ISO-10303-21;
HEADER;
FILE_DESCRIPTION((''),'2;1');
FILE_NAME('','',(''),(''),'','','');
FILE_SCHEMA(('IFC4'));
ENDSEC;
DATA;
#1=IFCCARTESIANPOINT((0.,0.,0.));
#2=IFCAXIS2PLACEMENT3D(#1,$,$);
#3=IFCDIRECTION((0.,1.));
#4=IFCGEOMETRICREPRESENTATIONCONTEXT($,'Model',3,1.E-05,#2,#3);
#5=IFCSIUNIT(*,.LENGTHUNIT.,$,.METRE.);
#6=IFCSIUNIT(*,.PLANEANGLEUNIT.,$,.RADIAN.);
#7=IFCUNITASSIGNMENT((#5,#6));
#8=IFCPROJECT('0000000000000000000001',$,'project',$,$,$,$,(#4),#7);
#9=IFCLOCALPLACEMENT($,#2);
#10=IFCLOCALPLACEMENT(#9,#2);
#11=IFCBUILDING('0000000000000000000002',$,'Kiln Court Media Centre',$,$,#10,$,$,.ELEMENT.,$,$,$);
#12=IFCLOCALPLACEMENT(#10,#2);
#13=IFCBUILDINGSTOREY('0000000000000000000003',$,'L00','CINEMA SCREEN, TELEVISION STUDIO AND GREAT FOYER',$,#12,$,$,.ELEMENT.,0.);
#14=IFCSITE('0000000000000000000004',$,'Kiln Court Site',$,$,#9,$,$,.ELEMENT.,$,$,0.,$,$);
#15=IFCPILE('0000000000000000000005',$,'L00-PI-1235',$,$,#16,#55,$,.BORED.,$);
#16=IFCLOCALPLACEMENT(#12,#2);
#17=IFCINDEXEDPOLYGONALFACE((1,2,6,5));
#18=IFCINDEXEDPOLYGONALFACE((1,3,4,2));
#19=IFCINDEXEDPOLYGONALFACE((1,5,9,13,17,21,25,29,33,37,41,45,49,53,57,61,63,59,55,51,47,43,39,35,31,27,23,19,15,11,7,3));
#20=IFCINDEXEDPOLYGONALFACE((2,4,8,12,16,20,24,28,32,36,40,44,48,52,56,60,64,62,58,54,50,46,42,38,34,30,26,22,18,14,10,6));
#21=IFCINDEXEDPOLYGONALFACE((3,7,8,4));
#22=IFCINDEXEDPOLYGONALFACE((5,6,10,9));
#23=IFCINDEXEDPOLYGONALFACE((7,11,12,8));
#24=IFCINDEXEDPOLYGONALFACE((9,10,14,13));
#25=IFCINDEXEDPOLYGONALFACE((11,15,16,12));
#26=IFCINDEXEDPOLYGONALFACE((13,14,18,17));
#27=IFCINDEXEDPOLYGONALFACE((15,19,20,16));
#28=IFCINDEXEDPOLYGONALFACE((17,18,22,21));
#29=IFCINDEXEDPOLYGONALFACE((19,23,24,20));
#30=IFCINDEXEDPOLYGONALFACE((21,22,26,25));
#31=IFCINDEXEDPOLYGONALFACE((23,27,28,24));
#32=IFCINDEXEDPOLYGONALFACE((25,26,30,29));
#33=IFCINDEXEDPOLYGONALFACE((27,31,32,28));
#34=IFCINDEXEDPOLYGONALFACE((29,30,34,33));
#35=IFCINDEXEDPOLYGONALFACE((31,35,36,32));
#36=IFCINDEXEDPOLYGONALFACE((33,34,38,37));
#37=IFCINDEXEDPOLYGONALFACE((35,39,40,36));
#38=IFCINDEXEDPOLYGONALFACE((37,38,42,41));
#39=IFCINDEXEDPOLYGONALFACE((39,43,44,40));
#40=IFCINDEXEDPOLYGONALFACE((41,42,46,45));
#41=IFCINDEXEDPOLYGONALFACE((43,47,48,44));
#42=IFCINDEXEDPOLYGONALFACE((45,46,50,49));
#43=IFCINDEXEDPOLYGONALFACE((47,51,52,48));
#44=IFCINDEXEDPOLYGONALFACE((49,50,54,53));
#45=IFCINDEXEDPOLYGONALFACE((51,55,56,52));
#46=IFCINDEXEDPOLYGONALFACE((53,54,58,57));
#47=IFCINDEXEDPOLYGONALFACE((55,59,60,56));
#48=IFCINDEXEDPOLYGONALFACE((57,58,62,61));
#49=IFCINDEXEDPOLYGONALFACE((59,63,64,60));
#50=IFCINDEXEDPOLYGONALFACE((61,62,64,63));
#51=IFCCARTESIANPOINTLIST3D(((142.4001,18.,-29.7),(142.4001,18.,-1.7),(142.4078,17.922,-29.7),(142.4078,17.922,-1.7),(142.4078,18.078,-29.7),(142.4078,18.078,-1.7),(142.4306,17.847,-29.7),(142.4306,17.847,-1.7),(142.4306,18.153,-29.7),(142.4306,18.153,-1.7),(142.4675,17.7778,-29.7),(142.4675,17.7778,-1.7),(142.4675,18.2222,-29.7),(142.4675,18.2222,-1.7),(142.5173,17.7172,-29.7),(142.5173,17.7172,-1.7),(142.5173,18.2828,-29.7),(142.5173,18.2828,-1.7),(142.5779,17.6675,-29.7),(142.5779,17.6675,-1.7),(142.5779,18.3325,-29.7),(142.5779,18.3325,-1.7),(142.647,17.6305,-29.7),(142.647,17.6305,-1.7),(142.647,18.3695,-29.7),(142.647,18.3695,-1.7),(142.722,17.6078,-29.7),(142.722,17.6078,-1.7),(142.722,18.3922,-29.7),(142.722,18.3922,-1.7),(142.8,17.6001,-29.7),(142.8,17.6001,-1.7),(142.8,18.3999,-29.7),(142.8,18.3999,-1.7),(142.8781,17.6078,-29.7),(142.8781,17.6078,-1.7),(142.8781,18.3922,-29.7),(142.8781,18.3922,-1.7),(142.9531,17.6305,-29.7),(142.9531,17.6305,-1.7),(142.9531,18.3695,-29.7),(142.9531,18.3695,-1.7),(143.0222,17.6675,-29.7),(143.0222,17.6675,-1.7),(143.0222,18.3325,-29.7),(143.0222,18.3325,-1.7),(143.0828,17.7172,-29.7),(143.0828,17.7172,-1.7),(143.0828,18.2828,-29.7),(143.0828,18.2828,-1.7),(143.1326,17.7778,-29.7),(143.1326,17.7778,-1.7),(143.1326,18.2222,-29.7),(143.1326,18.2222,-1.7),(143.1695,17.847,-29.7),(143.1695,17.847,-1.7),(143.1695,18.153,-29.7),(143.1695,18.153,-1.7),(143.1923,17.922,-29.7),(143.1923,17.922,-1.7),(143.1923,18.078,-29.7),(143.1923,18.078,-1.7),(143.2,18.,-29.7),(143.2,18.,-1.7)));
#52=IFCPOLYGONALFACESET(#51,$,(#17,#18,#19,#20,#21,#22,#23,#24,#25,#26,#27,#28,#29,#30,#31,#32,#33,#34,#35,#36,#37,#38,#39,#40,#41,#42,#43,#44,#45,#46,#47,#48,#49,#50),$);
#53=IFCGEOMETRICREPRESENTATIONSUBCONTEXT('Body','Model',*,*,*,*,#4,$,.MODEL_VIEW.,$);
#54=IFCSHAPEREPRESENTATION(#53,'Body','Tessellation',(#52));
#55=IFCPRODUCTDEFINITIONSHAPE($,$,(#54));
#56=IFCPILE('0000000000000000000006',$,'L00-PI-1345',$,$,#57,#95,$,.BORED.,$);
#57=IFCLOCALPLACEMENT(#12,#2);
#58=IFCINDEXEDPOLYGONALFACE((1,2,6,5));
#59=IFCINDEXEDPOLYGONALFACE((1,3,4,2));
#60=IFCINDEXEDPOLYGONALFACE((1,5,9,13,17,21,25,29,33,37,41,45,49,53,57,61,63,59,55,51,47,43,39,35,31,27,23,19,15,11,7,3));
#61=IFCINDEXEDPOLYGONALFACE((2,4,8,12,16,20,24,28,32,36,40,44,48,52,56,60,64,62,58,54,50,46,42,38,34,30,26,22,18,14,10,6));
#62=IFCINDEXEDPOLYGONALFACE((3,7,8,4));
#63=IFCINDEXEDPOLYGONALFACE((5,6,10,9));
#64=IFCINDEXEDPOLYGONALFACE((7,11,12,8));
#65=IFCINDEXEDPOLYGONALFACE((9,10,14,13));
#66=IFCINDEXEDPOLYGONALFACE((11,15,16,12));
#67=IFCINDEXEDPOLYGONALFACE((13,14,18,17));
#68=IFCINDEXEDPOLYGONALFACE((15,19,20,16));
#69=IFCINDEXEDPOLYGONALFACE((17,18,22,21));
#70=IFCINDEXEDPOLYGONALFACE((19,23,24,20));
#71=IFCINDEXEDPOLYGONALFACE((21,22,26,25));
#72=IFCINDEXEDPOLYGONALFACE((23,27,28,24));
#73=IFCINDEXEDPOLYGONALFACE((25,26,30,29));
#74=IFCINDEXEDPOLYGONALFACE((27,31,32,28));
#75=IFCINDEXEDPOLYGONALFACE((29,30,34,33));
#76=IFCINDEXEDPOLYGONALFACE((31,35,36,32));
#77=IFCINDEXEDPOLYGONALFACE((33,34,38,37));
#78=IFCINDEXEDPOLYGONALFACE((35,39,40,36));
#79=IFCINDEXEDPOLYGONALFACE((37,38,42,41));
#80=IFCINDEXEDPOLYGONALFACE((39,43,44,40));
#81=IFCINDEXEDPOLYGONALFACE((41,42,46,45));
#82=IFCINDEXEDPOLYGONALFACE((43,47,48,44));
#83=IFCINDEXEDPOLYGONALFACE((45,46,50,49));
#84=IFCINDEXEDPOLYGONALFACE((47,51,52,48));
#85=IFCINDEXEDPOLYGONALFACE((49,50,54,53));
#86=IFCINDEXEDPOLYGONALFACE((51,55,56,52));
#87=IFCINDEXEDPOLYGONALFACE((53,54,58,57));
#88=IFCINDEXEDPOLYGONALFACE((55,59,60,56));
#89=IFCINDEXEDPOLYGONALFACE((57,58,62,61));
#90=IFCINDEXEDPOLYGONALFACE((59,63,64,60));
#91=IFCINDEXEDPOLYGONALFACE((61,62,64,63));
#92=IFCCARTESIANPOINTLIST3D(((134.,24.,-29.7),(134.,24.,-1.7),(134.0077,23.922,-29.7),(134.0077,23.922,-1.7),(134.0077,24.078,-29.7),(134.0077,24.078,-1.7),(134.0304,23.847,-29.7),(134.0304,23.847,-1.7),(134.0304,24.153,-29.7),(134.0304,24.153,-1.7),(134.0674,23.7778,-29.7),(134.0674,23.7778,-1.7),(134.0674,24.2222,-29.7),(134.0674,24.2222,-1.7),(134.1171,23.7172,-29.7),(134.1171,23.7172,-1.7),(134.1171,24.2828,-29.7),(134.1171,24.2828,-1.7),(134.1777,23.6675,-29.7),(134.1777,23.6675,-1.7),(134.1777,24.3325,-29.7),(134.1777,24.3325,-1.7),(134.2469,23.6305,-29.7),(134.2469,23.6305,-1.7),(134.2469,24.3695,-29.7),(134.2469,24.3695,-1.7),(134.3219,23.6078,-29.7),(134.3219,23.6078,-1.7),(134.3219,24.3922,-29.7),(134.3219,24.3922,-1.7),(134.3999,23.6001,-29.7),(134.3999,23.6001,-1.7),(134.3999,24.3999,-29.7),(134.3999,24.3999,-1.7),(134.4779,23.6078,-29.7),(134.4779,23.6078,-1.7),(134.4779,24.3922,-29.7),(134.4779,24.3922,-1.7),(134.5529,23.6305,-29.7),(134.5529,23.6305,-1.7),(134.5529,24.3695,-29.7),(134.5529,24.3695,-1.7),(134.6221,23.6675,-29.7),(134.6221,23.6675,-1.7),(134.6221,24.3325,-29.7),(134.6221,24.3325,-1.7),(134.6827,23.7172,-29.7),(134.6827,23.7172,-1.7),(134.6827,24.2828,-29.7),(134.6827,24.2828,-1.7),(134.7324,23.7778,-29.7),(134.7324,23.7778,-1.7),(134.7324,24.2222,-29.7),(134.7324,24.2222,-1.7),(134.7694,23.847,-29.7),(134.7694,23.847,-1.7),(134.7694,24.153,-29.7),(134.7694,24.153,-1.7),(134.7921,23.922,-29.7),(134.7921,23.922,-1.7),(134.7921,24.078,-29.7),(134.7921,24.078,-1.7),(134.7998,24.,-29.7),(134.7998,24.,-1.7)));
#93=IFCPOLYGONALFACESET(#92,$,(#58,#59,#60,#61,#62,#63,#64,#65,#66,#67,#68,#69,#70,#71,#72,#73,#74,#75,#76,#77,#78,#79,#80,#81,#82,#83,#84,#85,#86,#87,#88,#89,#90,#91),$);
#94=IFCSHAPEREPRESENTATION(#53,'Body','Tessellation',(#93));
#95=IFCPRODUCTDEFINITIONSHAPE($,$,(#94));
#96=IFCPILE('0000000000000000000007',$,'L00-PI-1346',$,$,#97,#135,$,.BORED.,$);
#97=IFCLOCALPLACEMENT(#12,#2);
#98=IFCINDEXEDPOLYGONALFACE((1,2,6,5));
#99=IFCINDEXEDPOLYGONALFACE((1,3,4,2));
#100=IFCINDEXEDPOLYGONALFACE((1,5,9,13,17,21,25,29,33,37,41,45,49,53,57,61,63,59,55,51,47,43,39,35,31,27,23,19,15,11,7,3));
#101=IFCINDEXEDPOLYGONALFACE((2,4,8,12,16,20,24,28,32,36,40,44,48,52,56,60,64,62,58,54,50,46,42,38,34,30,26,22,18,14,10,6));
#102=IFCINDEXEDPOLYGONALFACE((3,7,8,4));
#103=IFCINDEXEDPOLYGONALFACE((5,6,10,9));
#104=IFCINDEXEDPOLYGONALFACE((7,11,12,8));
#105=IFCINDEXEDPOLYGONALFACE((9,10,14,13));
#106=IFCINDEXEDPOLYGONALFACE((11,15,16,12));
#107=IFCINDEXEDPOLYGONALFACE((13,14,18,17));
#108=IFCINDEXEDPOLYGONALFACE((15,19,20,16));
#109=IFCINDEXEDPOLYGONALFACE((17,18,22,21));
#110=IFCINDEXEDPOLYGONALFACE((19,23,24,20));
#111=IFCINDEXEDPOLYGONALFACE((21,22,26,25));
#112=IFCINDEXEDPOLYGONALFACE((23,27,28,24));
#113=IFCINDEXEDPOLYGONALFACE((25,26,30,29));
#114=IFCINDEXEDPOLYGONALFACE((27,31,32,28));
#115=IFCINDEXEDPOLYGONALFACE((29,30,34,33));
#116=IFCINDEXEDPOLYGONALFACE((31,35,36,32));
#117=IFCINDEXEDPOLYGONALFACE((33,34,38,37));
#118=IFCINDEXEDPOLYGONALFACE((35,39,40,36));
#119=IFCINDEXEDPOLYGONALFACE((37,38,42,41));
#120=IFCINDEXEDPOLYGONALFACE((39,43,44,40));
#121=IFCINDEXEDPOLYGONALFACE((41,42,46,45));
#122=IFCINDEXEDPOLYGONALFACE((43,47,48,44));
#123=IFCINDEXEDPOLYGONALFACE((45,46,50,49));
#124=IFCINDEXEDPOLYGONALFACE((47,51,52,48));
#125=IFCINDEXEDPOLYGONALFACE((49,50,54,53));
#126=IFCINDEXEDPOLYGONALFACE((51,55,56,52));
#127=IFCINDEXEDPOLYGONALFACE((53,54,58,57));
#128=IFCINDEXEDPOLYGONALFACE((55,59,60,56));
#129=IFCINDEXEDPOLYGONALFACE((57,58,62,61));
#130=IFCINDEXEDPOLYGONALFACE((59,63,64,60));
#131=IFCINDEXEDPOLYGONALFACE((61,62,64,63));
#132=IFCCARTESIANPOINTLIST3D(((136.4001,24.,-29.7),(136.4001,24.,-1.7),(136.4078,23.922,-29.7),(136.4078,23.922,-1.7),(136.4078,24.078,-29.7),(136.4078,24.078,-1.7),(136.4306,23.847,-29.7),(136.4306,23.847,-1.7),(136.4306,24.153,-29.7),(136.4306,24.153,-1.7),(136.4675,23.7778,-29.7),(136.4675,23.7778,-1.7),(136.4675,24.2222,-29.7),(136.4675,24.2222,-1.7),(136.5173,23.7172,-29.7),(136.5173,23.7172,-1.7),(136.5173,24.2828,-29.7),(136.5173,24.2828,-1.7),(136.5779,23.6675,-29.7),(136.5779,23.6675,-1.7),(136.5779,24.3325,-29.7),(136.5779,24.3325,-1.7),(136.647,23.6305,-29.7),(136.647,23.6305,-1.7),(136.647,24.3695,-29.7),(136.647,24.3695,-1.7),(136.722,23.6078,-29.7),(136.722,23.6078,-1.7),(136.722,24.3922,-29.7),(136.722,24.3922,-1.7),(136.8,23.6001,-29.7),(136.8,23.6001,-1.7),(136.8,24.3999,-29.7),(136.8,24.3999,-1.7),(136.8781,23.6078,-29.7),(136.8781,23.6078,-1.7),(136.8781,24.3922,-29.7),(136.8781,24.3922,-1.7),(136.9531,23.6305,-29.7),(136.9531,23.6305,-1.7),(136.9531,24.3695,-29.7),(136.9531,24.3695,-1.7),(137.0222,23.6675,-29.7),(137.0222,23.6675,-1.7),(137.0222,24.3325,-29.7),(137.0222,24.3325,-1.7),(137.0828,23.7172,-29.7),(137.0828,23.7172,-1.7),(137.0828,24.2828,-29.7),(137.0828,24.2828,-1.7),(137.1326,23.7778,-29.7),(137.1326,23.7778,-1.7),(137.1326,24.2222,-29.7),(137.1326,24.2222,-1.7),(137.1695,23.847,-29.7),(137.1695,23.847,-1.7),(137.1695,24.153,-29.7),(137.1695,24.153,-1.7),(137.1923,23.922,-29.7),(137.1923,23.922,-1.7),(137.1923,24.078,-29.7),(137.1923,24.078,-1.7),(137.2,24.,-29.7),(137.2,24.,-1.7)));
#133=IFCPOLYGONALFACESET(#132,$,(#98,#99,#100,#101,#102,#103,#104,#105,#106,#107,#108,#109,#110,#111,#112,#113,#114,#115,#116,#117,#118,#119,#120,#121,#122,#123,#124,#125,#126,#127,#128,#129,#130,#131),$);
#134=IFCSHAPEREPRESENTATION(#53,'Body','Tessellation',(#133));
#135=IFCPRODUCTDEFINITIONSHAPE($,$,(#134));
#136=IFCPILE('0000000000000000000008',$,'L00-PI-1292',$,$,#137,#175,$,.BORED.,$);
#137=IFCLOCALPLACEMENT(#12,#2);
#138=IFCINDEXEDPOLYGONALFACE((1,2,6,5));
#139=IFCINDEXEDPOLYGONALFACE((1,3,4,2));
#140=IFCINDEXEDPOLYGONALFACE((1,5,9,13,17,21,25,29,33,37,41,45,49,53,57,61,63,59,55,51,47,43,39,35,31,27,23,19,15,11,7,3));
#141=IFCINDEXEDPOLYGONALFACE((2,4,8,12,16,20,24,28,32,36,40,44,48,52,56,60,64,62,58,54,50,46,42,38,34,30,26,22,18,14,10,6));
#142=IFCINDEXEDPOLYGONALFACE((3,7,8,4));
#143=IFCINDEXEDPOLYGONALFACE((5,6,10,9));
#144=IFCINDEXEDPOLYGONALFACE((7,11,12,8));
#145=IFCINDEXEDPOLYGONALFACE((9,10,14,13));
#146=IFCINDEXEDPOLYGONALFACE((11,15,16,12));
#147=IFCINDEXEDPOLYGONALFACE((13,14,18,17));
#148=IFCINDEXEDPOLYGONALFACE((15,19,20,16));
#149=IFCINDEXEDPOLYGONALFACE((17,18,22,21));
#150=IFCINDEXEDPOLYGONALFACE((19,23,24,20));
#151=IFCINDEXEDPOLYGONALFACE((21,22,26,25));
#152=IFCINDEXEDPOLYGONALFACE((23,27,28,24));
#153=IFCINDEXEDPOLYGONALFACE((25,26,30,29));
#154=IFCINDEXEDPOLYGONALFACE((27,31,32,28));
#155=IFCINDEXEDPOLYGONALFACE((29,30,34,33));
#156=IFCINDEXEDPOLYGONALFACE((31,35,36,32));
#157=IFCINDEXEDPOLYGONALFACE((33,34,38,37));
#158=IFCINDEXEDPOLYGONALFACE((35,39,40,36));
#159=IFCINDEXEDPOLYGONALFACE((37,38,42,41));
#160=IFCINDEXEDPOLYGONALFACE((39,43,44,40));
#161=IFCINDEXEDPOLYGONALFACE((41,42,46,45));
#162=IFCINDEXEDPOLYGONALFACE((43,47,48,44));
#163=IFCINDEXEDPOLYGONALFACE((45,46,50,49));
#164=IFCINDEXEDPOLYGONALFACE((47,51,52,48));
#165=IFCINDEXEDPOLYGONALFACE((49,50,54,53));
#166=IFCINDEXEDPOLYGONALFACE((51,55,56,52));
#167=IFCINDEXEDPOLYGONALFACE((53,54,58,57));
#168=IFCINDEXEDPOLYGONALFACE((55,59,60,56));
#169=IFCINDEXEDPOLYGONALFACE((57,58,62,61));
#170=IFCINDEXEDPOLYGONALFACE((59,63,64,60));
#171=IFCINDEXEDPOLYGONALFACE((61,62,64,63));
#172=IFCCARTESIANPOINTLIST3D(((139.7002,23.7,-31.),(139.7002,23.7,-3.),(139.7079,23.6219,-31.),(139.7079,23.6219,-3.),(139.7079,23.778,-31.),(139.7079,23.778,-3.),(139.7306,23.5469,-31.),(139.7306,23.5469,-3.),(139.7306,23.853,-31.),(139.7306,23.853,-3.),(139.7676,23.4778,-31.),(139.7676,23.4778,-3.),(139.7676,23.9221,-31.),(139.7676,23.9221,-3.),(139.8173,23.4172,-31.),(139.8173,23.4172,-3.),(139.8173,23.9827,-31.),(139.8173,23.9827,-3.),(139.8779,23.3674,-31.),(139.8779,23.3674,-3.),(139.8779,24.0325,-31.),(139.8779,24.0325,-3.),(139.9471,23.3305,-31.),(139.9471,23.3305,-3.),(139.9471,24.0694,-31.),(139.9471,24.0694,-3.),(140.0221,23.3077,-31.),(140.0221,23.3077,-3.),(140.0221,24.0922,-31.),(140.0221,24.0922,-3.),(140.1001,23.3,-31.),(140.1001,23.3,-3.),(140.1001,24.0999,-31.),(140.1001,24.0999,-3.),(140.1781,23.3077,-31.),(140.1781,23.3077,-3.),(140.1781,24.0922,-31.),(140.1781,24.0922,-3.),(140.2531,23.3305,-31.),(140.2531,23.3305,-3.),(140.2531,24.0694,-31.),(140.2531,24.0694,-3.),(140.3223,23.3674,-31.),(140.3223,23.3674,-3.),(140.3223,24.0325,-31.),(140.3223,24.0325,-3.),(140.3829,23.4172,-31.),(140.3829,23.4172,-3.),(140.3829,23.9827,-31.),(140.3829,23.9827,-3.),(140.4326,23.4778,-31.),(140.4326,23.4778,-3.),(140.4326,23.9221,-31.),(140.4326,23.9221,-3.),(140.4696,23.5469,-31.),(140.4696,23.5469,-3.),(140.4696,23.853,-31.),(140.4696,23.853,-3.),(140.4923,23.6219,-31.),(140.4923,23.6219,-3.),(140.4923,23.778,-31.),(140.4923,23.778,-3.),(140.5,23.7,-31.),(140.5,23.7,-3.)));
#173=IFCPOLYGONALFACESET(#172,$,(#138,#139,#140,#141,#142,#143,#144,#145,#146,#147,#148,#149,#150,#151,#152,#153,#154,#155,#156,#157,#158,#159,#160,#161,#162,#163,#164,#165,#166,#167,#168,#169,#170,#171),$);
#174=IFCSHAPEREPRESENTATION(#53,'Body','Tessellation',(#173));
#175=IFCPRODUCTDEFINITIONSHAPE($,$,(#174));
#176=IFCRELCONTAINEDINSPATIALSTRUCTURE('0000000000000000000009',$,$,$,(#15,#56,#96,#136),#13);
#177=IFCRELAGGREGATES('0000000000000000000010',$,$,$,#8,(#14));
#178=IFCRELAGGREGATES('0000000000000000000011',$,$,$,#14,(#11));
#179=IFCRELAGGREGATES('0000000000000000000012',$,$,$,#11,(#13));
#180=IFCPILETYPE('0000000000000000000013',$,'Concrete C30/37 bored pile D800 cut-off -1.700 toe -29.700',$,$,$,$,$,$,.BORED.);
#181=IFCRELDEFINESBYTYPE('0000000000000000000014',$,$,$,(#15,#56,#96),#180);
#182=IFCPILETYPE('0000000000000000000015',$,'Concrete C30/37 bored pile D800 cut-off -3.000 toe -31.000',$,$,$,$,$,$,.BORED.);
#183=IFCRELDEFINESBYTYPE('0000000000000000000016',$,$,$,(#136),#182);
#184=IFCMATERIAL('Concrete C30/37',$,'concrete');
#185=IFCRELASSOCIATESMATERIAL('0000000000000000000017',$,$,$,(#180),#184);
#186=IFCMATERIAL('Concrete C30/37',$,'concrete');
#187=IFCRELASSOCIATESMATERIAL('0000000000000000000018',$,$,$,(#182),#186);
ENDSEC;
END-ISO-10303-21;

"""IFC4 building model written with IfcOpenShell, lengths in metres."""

from ifc_helpers import new_model, si_unit, direction, frame, origin, origin_2d, place, context, subcontext, project, spatial, circle, extrude, material, material_profile, profile_set, type_object, element, save


model = new_model("IFC4")

# Units and contexts
model_context = context("Model", 3, precision=1e-05, world=origin(), true_north=direction((0.0, 1.0)))
body_context = subcontext(model_context, "Body", "Model", "MODEL_VIEW")
ifc_project = project(units=[si_unit("LENGTHUNIT", "METRE"), si_unit("PLANEANGLEUNIT", "RADIAN")], contexts=[model_context])

# Site, building, storey
site_placement = place(None, origin())
site = spatial("IfcSite", under=ifc_project, at=site_placement, Name="Kiln Court Site", CompositionType="ELEMENT", RefElevation=0.0)
building_placement = place(site_placement, origin())
building = spatial("IfcBuilding", under=site, at=building_placement, Name="Kiln Court Media Centre", CompositionType="ELEMENT")
storey_placement = place(building_placement, origin())
storey = spatial("IfcBuildingStorey", under=building, at=storey_placement, Name="L00", Description="CINEMA SCREEN, TELEVISION STUDIO AND GREAT FOYER", CompositionType="ELEMENT", Elevation=0.0)

# Piles
ifc_material_1 = material(Name="Concrete C30/37", Category="concrete")
ifc_material_profile_1 = material_profile(ifc_material_1, circle(Radius=0.3999, at=origin_2d()), Name="PILE D800")
ifc_profile_set_1 = profile_set([ifc_material_profile_1], Name="Concrete C30/37")
pile_type_1 = type_object("IfcPileType", Name="Concrete C30/37 bored pile D800 cut-off -1.700 toe -29.700", PredefinedType="BORED", material=ifc_profile_set_1)
for number, where, z_axis, x_axis, name in (
    (1, (142.8, 18.0, -1.7), (0.0, 0.0, -1.0), (1.0, 0.0, 0.0), "L00-PI-1235"),
    (2, (134.3999, 24.0, -1.7), (0.0, 0.0, -1.0), (1.0, 0.0, 0.0), "L00-PI-1345"),
    (3, (136.8, 24.0, -1.7), (0.0, 0.0, -1.0), (1.0, 0.0, 0.0), "L00-PI-1346"),
):
    element("IfcPile", number, at=place(storey_placement, frame(where, z_axis=z_axis, x_axis=x_axis)), inside=storey, type_object=pile_type_1, Name=name, PredefinedType="BORED", context=body_context, shape_type="SweptSolid", body=[
        extrude(circle(Radius=0.3999, at=origin_2d()), origin(), (0.0, 0.0, 1.0), 28.0),
    ])
ifc_material_2 = material(Name="Concrete C30/37", Category="concrete")
ifc_material_profile_2 = material_profile(ifc_material_2, circle(Radius=0.3999, at=origin_2d()), Name="PILE D800")
ifc_profile_set_2 = profile_set([ifc_material_profile_2], Name="Concrete C30/37")
pile_type_2 = type_object("IfcPileType", Name="Concrete C30/37 bored pile D800 cut-off -3.000 toe -31.000", PredefinedType="BORED", material=ifc_profile_set_2)
for number, where, z_axis, x_axis, name in (
    (4, (140.1001, 23.7, -3.0), (0.0, 0.0, -1.0), (1.0, 0.0, 0.0), "L00-PI-1292"),
):
    element("IfcPile", number, at=place(storey_placement, frame(where, z_axis=z_axis, x_axis=x_axis)), inside=storey, type_object=pile_type_2, Name=name, PredefinedType="BORED", context=body_context, shape_type="SweptSolid", body=[
        extrude(circle(Radius=0.3999, at=origin_2d()), origin(), (0.0, 0.0, 1.0), 28.0),
    ])

save(model, "model.ifc")
